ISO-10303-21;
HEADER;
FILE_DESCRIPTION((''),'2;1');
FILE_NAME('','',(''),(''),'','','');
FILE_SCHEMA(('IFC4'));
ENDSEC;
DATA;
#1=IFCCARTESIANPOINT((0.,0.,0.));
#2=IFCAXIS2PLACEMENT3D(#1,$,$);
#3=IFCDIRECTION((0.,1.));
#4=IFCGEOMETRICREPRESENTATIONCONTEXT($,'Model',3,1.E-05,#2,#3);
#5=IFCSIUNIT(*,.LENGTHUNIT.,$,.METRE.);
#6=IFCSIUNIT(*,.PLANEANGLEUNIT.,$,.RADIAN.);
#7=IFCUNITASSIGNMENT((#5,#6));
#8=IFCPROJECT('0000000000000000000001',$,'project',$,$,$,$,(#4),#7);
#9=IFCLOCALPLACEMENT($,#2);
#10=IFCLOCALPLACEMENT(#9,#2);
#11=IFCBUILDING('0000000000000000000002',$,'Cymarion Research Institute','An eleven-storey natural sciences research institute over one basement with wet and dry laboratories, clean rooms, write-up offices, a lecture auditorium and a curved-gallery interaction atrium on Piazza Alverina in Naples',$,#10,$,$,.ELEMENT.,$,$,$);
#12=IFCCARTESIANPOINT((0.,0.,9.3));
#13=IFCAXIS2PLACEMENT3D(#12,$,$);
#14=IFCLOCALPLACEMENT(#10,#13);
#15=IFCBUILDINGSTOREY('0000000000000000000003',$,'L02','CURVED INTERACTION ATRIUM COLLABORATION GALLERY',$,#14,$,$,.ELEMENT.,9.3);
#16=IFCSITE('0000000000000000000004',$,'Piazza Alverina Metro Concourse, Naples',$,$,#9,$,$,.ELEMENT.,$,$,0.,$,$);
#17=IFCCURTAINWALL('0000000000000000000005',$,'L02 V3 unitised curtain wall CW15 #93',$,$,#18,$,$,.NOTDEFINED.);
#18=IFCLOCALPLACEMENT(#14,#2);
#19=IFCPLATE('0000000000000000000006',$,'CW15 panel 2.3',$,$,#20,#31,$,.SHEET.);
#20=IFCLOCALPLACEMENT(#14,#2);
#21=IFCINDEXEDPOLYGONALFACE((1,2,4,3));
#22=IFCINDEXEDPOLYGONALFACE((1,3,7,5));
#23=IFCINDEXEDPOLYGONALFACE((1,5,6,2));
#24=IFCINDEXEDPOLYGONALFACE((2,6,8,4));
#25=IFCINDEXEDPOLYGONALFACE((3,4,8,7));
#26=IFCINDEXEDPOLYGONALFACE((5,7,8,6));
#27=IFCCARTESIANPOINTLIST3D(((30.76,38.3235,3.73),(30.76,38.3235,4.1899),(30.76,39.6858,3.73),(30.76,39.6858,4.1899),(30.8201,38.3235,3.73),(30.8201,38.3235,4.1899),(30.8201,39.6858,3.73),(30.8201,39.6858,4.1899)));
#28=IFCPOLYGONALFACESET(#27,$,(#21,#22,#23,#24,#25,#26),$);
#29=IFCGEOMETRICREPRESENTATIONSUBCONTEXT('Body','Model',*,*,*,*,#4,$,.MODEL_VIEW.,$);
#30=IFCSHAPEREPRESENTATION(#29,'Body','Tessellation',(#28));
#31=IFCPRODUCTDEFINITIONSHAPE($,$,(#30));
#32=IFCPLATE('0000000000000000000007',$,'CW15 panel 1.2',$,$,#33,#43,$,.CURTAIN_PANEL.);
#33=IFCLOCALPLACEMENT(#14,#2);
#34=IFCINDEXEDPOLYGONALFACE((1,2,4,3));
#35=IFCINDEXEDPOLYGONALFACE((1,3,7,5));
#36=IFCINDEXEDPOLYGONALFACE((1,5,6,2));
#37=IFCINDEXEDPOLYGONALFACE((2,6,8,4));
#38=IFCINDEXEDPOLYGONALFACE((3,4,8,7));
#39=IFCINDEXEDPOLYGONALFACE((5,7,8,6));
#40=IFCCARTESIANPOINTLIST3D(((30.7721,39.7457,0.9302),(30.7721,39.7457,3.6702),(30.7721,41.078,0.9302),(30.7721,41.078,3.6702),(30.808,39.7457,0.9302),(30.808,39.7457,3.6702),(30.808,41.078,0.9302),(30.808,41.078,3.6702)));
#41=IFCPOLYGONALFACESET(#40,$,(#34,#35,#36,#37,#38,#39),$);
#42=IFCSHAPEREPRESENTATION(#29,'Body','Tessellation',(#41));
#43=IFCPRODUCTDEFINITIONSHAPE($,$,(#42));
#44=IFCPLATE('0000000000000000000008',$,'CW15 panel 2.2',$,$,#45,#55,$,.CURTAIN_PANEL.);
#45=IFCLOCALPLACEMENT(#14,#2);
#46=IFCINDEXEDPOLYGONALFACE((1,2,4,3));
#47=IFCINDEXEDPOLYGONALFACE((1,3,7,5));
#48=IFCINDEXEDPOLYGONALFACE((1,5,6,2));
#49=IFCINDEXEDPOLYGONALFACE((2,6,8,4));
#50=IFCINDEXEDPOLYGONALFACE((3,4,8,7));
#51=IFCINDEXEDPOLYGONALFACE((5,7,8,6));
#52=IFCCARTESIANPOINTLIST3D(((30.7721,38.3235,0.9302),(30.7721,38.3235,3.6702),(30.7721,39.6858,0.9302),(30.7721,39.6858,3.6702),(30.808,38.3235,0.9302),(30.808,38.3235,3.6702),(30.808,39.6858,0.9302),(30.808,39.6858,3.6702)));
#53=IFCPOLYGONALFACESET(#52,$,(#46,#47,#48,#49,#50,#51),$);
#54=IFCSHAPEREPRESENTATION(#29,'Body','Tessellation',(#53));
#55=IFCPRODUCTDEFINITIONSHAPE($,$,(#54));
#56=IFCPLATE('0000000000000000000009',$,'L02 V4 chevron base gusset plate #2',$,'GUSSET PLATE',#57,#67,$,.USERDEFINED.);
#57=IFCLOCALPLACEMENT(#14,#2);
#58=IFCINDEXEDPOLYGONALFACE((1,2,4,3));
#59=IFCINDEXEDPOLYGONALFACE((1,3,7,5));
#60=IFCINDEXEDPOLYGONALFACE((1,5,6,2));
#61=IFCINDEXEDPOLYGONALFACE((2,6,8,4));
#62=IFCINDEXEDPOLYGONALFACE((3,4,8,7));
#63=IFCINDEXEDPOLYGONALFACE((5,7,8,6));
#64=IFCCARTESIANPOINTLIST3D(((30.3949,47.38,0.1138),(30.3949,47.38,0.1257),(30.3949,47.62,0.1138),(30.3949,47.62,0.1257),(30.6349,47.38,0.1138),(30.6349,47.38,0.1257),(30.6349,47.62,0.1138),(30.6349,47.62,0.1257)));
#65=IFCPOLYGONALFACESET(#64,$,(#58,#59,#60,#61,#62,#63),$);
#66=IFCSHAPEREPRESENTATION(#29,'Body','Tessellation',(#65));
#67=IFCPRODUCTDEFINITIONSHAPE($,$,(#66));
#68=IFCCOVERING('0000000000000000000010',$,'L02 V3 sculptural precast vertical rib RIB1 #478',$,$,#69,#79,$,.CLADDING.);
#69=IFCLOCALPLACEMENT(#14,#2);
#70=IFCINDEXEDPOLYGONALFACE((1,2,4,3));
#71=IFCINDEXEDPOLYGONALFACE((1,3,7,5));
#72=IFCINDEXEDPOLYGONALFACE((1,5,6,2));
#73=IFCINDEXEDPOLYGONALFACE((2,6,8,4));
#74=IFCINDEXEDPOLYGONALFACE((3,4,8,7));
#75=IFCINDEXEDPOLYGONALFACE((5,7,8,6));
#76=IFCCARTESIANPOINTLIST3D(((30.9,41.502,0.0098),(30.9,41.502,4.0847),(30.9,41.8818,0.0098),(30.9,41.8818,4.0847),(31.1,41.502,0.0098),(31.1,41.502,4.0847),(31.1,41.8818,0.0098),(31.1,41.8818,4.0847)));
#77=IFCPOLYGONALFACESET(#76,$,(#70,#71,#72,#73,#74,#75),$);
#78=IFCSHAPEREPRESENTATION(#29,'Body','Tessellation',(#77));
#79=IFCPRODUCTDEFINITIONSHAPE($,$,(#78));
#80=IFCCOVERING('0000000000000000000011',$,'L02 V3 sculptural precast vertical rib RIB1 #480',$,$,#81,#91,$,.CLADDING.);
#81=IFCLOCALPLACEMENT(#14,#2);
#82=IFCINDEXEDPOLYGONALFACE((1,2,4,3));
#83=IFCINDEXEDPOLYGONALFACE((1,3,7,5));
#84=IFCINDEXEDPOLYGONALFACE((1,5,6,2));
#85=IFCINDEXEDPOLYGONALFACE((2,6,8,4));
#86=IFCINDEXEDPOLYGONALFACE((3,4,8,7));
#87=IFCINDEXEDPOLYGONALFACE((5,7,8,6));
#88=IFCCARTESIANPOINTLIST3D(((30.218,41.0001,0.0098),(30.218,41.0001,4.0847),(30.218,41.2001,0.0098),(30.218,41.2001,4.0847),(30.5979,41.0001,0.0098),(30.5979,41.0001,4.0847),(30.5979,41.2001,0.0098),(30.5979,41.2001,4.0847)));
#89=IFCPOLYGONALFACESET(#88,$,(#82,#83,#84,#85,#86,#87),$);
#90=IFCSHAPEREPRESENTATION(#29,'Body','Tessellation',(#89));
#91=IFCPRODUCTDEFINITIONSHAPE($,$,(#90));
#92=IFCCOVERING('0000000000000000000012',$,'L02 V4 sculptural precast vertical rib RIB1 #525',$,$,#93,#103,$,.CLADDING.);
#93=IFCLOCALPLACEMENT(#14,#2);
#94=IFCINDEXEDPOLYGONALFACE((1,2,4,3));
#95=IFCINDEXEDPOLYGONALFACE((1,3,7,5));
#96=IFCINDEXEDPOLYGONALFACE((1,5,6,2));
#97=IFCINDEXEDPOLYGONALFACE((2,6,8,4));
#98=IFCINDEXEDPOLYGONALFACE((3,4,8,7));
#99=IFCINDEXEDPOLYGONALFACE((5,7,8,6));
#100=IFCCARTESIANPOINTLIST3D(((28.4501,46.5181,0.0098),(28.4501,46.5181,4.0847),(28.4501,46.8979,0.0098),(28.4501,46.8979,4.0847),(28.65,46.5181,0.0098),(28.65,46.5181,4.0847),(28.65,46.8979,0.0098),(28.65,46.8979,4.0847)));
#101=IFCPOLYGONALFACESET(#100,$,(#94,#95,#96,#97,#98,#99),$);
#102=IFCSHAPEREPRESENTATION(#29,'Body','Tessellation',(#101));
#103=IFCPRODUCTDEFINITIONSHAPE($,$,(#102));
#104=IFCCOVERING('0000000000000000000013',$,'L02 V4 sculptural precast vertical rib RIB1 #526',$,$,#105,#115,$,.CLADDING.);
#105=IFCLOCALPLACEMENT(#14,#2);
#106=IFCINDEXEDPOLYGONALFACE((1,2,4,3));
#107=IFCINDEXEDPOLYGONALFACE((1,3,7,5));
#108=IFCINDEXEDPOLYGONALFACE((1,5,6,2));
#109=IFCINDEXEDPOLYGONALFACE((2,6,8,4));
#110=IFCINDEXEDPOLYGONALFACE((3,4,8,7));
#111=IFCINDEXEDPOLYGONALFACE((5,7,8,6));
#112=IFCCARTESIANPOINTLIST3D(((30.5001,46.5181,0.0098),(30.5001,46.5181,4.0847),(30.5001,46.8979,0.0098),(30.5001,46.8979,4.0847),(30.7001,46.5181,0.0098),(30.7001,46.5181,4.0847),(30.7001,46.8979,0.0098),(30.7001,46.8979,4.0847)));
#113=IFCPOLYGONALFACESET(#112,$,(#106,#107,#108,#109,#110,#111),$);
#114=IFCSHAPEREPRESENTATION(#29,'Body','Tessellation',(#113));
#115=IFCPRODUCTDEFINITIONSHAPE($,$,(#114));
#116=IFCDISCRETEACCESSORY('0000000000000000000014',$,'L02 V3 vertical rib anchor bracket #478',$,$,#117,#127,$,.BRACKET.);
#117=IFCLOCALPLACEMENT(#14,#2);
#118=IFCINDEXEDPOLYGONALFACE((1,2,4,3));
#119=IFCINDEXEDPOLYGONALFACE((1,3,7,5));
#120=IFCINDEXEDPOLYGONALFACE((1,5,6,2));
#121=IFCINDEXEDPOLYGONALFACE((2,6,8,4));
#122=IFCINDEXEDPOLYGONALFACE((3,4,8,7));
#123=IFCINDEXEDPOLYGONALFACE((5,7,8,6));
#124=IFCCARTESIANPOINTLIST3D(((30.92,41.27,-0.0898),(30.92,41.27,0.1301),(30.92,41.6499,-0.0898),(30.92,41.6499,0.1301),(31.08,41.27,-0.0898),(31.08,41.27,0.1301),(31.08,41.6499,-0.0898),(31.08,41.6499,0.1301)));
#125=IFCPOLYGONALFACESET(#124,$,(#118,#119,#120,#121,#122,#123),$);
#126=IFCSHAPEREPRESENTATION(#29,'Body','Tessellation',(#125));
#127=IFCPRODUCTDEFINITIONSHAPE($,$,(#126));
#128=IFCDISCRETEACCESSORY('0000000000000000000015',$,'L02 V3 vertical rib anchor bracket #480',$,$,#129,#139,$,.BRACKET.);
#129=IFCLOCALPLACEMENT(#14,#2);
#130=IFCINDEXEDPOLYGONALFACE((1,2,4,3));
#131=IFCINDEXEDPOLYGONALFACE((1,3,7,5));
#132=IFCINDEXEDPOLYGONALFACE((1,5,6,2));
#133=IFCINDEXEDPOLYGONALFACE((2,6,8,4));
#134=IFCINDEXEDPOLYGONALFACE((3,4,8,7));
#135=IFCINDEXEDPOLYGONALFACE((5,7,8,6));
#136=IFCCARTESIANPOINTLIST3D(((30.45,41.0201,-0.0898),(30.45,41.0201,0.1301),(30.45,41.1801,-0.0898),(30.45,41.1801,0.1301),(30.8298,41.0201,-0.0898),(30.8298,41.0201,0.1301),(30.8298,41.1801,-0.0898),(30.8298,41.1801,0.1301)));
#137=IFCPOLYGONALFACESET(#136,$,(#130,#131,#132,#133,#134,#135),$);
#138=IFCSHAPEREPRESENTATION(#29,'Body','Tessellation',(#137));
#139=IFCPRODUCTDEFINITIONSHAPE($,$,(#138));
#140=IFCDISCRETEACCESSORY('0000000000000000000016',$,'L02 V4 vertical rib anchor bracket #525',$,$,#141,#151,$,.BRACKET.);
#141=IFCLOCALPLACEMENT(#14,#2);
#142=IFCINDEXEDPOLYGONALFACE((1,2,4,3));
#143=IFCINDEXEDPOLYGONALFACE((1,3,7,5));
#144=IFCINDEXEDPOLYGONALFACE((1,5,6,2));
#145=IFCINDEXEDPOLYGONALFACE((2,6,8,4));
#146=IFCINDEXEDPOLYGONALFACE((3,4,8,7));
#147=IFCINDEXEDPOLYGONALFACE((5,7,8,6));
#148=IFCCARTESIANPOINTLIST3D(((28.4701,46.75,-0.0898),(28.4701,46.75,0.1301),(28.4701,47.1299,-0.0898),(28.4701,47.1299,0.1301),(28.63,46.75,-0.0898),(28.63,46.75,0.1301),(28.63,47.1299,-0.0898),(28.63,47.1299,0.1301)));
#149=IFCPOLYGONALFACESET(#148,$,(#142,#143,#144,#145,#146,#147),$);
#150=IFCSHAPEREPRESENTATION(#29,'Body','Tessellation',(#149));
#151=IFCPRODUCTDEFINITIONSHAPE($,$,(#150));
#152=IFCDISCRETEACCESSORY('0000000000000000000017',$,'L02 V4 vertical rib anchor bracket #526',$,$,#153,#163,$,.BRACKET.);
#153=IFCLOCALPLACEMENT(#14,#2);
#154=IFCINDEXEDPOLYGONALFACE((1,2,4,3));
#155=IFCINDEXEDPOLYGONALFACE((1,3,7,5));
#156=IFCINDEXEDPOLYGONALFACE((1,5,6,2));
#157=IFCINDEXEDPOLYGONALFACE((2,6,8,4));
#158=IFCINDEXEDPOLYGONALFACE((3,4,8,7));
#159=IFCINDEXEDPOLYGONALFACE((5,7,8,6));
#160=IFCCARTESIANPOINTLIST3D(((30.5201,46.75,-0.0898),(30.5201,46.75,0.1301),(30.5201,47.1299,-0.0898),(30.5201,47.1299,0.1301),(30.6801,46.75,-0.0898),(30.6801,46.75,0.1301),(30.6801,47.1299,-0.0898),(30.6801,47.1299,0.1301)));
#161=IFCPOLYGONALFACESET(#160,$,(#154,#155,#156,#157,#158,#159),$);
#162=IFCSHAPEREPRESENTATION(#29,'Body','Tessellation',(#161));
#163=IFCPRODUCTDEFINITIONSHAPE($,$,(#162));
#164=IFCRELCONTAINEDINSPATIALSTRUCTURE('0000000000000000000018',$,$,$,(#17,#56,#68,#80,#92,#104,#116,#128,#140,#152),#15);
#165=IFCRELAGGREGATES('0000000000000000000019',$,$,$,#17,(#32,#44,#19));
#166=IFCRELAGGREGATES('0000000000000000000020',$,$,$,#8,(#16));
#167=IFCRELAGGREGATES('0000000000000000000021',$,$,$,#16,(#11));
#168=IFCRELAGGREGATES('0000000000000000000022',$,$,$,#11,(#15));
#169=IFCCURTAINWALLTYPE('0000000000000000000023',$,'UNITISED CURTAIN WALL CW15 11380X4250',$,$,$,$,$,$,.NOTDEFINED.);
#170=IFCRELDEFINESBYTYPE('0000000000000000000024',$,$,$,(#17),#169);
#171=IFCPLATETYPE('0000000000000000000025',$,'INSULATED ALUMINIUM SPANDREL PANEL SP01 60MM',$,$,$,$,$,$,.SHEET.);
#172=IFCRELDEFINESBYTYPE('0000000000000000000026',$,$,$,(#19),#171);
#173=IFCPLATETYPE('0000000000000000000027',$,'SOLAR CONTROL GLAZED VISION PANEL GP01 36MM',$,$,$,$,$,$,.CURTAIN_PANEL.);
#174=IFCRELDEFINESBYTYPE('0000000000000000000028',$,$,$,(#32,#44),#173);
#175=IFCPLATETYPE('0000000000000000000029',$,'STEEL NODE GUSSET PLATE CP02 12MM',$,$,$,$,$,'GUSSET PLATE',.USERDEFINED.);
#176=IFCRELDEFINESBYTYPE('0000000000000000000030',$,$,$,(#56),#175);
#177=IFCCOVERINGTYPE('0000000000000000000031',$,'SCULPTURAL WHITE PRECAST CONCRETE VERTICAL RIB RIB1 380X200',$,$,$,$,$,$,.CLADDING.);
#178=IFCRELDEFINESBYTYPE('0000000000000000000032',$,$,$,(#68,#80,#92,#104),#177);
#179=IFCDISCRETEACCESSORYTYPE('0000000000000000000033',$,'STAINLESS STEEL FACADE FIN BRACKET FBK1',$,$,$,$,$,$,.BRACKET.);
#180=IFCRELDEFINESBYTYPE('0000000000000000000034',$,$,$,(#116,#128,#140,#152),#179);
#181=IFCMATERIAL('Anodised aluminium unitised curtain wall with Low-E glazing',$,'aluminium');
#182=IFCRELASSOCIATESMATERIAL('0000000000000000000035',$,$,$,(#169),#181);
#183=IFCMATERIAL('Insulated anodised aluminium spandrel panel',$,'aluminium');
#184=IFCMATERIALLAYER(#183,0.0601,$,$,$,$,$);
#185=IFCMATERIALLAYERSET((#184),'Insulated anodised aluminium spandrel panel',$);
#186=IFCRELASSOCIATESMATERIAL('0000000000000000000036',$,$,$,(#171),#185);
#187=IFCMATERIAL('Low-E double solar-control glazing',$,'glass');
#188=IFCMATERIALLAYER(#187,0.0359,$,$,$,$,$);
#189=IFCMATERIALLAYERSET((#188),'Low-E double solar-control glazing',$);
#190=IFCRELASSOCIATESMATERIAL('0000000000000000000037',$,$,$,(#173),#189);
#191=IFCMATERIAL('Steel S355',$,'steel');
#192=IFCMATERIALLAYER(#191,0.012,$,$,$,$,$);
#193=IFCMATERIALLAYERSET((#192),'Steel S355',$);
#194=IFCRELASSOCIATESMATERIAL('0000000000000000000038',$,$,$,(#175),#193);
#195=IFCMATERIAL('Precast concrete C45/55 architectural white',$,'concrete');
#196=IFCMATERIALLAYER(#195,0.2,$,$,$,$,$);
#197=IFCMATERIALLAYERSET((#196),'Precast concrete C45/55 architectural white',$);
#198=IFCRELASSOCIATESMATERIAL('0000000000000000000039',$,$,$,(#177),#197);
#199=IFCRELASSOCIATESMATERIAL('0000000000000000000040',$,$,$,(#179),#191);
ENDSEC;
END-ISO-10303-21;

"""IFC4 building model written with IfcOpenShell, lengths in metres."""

from ifc_helpers import new_model, si_unit, direction, frame, origin, origin_2d, place, context, subcontext, project, spatial, rectangle, extrude, material, layer, layer_set, type_object, element, aggregate, save


model = new_model("IFC4")

# Units and contexts
model_context = context("Model", 3, precision=1e-05, world=origin(), true_north=direction((0.0, 1.0)))
body_context = subcontext(model_context, "Body", "Model", "MODEL_VIEW")
ifc_project = project(units=[si_unit("LENGTHUNIT", "METRE"), si_unit("PLANEANGLEUNIT", "RADIAN")], contexts=[model_context])

# Site, building, storey
site_placement = place(None, origin())
site = spatial("IfcSite", under=ifc_project, at=site_placement, Name="Piazza Alverina Metro Concourse, Naples", CompositionType="ELEMENT", RefElevation=0.0)
building_placement = place(site_placement, origin())
building = spatial("IfcBuilding", under=site, at=building_placement, Name="Cymarion Research Institute", Description="An eleven-storey natural sciences research institute over one basement with wet and dry laboratories, clean rooms, write-up offices, a lecture auditorium and a curved-gallery interaction atrium on Piazza Alverina in Naples", CompositionType="ELEMENT")
storey_placement = place(building_placement, frame((0.0, 0.0, 9.3)))
storey = spatial("IfcBuildingStorey", under=building, at=storey_placement, Name="L02", Description="CURVED INTERACTION ATRIUM COLLABORATION GALLERY", CompositionType="ELEMENT", Elevation=9.3)

# Curtain wall
ifc_material_1 = material(Name="Anodised aluminium unitised curtain wall with Low-E glazing", Category="aluminium")
curtain_wall_type = type_object("IfcCurtainWallType", Name="UNITISED CURTAIN WALL CW15 11380X4250", PredefinedType="NOTDEFINED", material=ifc_material_1)
curtain_wall_placement = place(storey_placement, origin())
curtain_wall = element("IfcCurtainWall", 1, at=curtain_wall_placement, inside=storey, type_object=curtain_wall_type, Name="L02 V3 unitised curtain wall CW15 #93", PredefinedType="NOTDEFINED")

# Shared definitions
ifc_material_2 = material(Name="Steel S355", Category="steel")

# Plates
ifc_material_3 = material(Name="Insulated anodised aluminium spandrel panel", Category="aluminium")
ifc_layer_1 = layer(ifc_material_3, 0.0601)
ifc_layer_set_1 = layer_set([ifc_layer_1], Name="Insulated anodised aluminium spandrel panel")
plate_type_1 = type_object("IfcPlateType", Name="INSULATED ALUMINIUM SPANDREL PANEL SP01 60MM", PredefinedType="SHEET", material=ifc_layer_set_1)
plate_1_placement = place(storey_placement, frame((30.79, 39.0046, 3.73), z_axis=(0.0, 0.0, 1.0), x_axis=(0.0, -1.0, 0.0)))
plate_1 = element("IfcPlate", 2, at=plate_1_placement, type_object=plate_type_1, Name="CW15 panel 2.3", PredefinedType="SHEET", context=body_context, shape_type="SweptSolid", body=[
    extrude(rectangle(XDim=1.3623, YDim=0.0601, at=origin_2d()), origin(), (0.0, 0.0, 1.0), 0.46),
])
ifc_material_4 = material(Name="Low-E double solar-control glazing", Category="glass")
ifc_layer_2 = layer(ifc_material_4, 0.0359)
ifc_layer_set_2 = layer_set([ifc_layer_2], Name="Low-E double solar-control glazing")
plate_type_2 = type_object("IfcPlateType", Name="SOLAR CONTROL GLAZED VISION PANEL GP01 36MM", PredefinedType="CURTAIN_PANEL", material=ifc_layer_set_2)
plate_2_placement = place(storey_placement, frame((30.79, 40.4119, 0.9302), z_axis=(0.0, 0.0, 1.0), x_axis=(0.0, -1.0, 0.0)))
plate_2 = element("IfcPlate", 3, at=plate_2_placement, type_object=plate_type_2, Name="CW15 panel 1.2", PredefinedType="CURTAIN_PANEL", context=body_context, shape_type="SweptSolid", body=[
    extrude(rectangle(XDim=1.3323, YDim=0.0359, at=origin_2d()), origin(), (0.0, 0.0, 1.0), 2.74),
])
plate_3_placement = place(storey_placement, frame((30.79, 39.0046, 0.9302), z_axis=(0.0, 0.0, 1.0), x_axis=(0.0, -1.0, 0.0)))
plate_3 = element("IfcPlate", 4, at=plate_3_placement, type_object=plate_type_2, Name="CW15 panel 2.2", PredefinedType="CURTAIN_PANEL", context=body_context, shape_type="SweptSolid", body=[
    extrude(rectangle(XDim=1.3623, YDim=0.0359, at=origin_2d()), origin(), (0.0, 0.0, 1.0), 2.74),
])
aggregate(curtain_wall, [plate_2, plate_3, plate_1])
ifc_layer_3 = layer(ifc_material_2, 0.012)
ifc_layer_set_3 = layer_set([ifc_layer_3], Name="Steel S355")
plate_type_3 = type_object("IfcPlateType", Name="STEEL NODE GUSSET PLATE CP02 12MM", ElementType="GUSSET PLATE", PredefinedType="USERDEFINED", material=ifc_layer_set_3)
plate_4_placement = place(storey_placement, frame((30.5149, 47.5, 0.1138), z_axis=(0.0, 0.0, 1.0), x_axis=(1.0, 0.0, 0.0)))
element("IfcPlate", 5, at=plate_4_placement, inside=storey, type_object=plate_type_3, Name="L02 V4 chevron base gusset plate #2", ObjectType="GUSSET PLATE", PredefinedType="USERDEFINED", context=body_context, shape_type="SweptSolid", body=[
    extrude(rectangle(XDim=0.24, YDim=0.24, at=origin_2d()), origin(), (0.0, 0.0, 1.0), 0.012),
])

# Coverings
ifc_material_5 = material(Name="Precast concrete C45/55 architectural white", Category="concrete")
ifc_layer_4 = layer(ifc_material_5, 0.2)
ifc_layer_set_4 = layer_set([ifc_layer_4], Name="Precast concrete C45/55 architectural white")
covering_type = type_object("IfcCoveringType", Name="SCULPTURAL WHITE PRECAST CONCRETE VERTICAL RIB RIB1 380X200", PredefinedType="CLADDING", material=ifc_layer_set_4)
for number, where, z_axis, x_axis, name in (
    (6, (31.0, 41.6919, 0.0098), (0.0, 0.0, 1.0), (0.0, 1.0, 0.0), "L02 V3 sculptural precast vertical rib RIB1 #478"),
    (7, (30.408, 41.1001, 0.0098), (0.0, 0.0, 1.0), (-1.0, 0.0, 0.0), "L02 V3 sculptural precast vertical rib RIB1 #480"),
    (8, (28.55, 46.708, 0.0098), (0.0, 0.0, 1.0), (0.0, -1.0, 0.0), "L02 V4 sculptural precast vertical rib RIB1 #525"),
    (9, (30.6001, 46.708, 0.0098), (0.0, 0.0, 1.0), (0.0, -1.0, 0.0), "L02 V4 sculptural precast vertical rib RIB1 #526"),
):
    element("IfcCovering", number, at=place(storey_placement, frame(where, z_axis=z_axis, x_axis=x_axis)), inside=storey, type_object=covering_type, Name=name, PredefinedType="CLADDING", context=body_context, shape_type="SweptSolid", body=[
        extrude(rectangle(XDim=0.3799, YDim=0.2, at=origin_2d()), origin(), (0.0, 0.0, 1.0), 4.075),
    ])

# Discrete accessories
discrete_accessory_type = type_object("IfcDiscreteAccessoryType", Name="STAINLESS STEEL FACADE FIN BRACKET FBK1", PredefinedType="BRACKET", material=ifc_material_2)
for number, where, z_axis, x_axis, name in (
    (10, (31.0, 41.46, -0.0898), (0.0, 0.0, 1.0), (0.0, 1.0, 0.0), "L02 V3 vertical rib anchor bracket #478"),
    (11, (30.6399, 41.1001, -0.0898), (0.0, 0.0, 1.0), (-1.0, 0.0, 0.0), "L02 V3 vertical rib anchor bracket #480"),
    (12, (28.55, 46.9399, -0.0898), (0.0, 0.0, 1.0), (0.0, -1.0, 0.0), "L02 V4 vertical rib anchor bracket #525"),
    (13, (30.6001, 46.9399, -0.0898), (0.0, 0.0, 1.0), (0.0, -1.0, 0.0), "L02 V4 vertical rib anchor bracket #526"),
):
    element("IfcDiscreteAccessory", number, at=place(storey_placement, frame(where, z_axis=z_axis, x_axis=x_axis)), inside=storey, type_object=discrete_accessory_type, Name=name, PredefinedType="BRACKET", context=body_context, shape_type="SweptSolid", body=[
        extrude(rectangle(XDim=0.3799, YDim=0.1599, at=origin_2d()), origin(), (0.0, 0.0, 1.0), 0.22),
    ])

save(model, "model.ifc")
